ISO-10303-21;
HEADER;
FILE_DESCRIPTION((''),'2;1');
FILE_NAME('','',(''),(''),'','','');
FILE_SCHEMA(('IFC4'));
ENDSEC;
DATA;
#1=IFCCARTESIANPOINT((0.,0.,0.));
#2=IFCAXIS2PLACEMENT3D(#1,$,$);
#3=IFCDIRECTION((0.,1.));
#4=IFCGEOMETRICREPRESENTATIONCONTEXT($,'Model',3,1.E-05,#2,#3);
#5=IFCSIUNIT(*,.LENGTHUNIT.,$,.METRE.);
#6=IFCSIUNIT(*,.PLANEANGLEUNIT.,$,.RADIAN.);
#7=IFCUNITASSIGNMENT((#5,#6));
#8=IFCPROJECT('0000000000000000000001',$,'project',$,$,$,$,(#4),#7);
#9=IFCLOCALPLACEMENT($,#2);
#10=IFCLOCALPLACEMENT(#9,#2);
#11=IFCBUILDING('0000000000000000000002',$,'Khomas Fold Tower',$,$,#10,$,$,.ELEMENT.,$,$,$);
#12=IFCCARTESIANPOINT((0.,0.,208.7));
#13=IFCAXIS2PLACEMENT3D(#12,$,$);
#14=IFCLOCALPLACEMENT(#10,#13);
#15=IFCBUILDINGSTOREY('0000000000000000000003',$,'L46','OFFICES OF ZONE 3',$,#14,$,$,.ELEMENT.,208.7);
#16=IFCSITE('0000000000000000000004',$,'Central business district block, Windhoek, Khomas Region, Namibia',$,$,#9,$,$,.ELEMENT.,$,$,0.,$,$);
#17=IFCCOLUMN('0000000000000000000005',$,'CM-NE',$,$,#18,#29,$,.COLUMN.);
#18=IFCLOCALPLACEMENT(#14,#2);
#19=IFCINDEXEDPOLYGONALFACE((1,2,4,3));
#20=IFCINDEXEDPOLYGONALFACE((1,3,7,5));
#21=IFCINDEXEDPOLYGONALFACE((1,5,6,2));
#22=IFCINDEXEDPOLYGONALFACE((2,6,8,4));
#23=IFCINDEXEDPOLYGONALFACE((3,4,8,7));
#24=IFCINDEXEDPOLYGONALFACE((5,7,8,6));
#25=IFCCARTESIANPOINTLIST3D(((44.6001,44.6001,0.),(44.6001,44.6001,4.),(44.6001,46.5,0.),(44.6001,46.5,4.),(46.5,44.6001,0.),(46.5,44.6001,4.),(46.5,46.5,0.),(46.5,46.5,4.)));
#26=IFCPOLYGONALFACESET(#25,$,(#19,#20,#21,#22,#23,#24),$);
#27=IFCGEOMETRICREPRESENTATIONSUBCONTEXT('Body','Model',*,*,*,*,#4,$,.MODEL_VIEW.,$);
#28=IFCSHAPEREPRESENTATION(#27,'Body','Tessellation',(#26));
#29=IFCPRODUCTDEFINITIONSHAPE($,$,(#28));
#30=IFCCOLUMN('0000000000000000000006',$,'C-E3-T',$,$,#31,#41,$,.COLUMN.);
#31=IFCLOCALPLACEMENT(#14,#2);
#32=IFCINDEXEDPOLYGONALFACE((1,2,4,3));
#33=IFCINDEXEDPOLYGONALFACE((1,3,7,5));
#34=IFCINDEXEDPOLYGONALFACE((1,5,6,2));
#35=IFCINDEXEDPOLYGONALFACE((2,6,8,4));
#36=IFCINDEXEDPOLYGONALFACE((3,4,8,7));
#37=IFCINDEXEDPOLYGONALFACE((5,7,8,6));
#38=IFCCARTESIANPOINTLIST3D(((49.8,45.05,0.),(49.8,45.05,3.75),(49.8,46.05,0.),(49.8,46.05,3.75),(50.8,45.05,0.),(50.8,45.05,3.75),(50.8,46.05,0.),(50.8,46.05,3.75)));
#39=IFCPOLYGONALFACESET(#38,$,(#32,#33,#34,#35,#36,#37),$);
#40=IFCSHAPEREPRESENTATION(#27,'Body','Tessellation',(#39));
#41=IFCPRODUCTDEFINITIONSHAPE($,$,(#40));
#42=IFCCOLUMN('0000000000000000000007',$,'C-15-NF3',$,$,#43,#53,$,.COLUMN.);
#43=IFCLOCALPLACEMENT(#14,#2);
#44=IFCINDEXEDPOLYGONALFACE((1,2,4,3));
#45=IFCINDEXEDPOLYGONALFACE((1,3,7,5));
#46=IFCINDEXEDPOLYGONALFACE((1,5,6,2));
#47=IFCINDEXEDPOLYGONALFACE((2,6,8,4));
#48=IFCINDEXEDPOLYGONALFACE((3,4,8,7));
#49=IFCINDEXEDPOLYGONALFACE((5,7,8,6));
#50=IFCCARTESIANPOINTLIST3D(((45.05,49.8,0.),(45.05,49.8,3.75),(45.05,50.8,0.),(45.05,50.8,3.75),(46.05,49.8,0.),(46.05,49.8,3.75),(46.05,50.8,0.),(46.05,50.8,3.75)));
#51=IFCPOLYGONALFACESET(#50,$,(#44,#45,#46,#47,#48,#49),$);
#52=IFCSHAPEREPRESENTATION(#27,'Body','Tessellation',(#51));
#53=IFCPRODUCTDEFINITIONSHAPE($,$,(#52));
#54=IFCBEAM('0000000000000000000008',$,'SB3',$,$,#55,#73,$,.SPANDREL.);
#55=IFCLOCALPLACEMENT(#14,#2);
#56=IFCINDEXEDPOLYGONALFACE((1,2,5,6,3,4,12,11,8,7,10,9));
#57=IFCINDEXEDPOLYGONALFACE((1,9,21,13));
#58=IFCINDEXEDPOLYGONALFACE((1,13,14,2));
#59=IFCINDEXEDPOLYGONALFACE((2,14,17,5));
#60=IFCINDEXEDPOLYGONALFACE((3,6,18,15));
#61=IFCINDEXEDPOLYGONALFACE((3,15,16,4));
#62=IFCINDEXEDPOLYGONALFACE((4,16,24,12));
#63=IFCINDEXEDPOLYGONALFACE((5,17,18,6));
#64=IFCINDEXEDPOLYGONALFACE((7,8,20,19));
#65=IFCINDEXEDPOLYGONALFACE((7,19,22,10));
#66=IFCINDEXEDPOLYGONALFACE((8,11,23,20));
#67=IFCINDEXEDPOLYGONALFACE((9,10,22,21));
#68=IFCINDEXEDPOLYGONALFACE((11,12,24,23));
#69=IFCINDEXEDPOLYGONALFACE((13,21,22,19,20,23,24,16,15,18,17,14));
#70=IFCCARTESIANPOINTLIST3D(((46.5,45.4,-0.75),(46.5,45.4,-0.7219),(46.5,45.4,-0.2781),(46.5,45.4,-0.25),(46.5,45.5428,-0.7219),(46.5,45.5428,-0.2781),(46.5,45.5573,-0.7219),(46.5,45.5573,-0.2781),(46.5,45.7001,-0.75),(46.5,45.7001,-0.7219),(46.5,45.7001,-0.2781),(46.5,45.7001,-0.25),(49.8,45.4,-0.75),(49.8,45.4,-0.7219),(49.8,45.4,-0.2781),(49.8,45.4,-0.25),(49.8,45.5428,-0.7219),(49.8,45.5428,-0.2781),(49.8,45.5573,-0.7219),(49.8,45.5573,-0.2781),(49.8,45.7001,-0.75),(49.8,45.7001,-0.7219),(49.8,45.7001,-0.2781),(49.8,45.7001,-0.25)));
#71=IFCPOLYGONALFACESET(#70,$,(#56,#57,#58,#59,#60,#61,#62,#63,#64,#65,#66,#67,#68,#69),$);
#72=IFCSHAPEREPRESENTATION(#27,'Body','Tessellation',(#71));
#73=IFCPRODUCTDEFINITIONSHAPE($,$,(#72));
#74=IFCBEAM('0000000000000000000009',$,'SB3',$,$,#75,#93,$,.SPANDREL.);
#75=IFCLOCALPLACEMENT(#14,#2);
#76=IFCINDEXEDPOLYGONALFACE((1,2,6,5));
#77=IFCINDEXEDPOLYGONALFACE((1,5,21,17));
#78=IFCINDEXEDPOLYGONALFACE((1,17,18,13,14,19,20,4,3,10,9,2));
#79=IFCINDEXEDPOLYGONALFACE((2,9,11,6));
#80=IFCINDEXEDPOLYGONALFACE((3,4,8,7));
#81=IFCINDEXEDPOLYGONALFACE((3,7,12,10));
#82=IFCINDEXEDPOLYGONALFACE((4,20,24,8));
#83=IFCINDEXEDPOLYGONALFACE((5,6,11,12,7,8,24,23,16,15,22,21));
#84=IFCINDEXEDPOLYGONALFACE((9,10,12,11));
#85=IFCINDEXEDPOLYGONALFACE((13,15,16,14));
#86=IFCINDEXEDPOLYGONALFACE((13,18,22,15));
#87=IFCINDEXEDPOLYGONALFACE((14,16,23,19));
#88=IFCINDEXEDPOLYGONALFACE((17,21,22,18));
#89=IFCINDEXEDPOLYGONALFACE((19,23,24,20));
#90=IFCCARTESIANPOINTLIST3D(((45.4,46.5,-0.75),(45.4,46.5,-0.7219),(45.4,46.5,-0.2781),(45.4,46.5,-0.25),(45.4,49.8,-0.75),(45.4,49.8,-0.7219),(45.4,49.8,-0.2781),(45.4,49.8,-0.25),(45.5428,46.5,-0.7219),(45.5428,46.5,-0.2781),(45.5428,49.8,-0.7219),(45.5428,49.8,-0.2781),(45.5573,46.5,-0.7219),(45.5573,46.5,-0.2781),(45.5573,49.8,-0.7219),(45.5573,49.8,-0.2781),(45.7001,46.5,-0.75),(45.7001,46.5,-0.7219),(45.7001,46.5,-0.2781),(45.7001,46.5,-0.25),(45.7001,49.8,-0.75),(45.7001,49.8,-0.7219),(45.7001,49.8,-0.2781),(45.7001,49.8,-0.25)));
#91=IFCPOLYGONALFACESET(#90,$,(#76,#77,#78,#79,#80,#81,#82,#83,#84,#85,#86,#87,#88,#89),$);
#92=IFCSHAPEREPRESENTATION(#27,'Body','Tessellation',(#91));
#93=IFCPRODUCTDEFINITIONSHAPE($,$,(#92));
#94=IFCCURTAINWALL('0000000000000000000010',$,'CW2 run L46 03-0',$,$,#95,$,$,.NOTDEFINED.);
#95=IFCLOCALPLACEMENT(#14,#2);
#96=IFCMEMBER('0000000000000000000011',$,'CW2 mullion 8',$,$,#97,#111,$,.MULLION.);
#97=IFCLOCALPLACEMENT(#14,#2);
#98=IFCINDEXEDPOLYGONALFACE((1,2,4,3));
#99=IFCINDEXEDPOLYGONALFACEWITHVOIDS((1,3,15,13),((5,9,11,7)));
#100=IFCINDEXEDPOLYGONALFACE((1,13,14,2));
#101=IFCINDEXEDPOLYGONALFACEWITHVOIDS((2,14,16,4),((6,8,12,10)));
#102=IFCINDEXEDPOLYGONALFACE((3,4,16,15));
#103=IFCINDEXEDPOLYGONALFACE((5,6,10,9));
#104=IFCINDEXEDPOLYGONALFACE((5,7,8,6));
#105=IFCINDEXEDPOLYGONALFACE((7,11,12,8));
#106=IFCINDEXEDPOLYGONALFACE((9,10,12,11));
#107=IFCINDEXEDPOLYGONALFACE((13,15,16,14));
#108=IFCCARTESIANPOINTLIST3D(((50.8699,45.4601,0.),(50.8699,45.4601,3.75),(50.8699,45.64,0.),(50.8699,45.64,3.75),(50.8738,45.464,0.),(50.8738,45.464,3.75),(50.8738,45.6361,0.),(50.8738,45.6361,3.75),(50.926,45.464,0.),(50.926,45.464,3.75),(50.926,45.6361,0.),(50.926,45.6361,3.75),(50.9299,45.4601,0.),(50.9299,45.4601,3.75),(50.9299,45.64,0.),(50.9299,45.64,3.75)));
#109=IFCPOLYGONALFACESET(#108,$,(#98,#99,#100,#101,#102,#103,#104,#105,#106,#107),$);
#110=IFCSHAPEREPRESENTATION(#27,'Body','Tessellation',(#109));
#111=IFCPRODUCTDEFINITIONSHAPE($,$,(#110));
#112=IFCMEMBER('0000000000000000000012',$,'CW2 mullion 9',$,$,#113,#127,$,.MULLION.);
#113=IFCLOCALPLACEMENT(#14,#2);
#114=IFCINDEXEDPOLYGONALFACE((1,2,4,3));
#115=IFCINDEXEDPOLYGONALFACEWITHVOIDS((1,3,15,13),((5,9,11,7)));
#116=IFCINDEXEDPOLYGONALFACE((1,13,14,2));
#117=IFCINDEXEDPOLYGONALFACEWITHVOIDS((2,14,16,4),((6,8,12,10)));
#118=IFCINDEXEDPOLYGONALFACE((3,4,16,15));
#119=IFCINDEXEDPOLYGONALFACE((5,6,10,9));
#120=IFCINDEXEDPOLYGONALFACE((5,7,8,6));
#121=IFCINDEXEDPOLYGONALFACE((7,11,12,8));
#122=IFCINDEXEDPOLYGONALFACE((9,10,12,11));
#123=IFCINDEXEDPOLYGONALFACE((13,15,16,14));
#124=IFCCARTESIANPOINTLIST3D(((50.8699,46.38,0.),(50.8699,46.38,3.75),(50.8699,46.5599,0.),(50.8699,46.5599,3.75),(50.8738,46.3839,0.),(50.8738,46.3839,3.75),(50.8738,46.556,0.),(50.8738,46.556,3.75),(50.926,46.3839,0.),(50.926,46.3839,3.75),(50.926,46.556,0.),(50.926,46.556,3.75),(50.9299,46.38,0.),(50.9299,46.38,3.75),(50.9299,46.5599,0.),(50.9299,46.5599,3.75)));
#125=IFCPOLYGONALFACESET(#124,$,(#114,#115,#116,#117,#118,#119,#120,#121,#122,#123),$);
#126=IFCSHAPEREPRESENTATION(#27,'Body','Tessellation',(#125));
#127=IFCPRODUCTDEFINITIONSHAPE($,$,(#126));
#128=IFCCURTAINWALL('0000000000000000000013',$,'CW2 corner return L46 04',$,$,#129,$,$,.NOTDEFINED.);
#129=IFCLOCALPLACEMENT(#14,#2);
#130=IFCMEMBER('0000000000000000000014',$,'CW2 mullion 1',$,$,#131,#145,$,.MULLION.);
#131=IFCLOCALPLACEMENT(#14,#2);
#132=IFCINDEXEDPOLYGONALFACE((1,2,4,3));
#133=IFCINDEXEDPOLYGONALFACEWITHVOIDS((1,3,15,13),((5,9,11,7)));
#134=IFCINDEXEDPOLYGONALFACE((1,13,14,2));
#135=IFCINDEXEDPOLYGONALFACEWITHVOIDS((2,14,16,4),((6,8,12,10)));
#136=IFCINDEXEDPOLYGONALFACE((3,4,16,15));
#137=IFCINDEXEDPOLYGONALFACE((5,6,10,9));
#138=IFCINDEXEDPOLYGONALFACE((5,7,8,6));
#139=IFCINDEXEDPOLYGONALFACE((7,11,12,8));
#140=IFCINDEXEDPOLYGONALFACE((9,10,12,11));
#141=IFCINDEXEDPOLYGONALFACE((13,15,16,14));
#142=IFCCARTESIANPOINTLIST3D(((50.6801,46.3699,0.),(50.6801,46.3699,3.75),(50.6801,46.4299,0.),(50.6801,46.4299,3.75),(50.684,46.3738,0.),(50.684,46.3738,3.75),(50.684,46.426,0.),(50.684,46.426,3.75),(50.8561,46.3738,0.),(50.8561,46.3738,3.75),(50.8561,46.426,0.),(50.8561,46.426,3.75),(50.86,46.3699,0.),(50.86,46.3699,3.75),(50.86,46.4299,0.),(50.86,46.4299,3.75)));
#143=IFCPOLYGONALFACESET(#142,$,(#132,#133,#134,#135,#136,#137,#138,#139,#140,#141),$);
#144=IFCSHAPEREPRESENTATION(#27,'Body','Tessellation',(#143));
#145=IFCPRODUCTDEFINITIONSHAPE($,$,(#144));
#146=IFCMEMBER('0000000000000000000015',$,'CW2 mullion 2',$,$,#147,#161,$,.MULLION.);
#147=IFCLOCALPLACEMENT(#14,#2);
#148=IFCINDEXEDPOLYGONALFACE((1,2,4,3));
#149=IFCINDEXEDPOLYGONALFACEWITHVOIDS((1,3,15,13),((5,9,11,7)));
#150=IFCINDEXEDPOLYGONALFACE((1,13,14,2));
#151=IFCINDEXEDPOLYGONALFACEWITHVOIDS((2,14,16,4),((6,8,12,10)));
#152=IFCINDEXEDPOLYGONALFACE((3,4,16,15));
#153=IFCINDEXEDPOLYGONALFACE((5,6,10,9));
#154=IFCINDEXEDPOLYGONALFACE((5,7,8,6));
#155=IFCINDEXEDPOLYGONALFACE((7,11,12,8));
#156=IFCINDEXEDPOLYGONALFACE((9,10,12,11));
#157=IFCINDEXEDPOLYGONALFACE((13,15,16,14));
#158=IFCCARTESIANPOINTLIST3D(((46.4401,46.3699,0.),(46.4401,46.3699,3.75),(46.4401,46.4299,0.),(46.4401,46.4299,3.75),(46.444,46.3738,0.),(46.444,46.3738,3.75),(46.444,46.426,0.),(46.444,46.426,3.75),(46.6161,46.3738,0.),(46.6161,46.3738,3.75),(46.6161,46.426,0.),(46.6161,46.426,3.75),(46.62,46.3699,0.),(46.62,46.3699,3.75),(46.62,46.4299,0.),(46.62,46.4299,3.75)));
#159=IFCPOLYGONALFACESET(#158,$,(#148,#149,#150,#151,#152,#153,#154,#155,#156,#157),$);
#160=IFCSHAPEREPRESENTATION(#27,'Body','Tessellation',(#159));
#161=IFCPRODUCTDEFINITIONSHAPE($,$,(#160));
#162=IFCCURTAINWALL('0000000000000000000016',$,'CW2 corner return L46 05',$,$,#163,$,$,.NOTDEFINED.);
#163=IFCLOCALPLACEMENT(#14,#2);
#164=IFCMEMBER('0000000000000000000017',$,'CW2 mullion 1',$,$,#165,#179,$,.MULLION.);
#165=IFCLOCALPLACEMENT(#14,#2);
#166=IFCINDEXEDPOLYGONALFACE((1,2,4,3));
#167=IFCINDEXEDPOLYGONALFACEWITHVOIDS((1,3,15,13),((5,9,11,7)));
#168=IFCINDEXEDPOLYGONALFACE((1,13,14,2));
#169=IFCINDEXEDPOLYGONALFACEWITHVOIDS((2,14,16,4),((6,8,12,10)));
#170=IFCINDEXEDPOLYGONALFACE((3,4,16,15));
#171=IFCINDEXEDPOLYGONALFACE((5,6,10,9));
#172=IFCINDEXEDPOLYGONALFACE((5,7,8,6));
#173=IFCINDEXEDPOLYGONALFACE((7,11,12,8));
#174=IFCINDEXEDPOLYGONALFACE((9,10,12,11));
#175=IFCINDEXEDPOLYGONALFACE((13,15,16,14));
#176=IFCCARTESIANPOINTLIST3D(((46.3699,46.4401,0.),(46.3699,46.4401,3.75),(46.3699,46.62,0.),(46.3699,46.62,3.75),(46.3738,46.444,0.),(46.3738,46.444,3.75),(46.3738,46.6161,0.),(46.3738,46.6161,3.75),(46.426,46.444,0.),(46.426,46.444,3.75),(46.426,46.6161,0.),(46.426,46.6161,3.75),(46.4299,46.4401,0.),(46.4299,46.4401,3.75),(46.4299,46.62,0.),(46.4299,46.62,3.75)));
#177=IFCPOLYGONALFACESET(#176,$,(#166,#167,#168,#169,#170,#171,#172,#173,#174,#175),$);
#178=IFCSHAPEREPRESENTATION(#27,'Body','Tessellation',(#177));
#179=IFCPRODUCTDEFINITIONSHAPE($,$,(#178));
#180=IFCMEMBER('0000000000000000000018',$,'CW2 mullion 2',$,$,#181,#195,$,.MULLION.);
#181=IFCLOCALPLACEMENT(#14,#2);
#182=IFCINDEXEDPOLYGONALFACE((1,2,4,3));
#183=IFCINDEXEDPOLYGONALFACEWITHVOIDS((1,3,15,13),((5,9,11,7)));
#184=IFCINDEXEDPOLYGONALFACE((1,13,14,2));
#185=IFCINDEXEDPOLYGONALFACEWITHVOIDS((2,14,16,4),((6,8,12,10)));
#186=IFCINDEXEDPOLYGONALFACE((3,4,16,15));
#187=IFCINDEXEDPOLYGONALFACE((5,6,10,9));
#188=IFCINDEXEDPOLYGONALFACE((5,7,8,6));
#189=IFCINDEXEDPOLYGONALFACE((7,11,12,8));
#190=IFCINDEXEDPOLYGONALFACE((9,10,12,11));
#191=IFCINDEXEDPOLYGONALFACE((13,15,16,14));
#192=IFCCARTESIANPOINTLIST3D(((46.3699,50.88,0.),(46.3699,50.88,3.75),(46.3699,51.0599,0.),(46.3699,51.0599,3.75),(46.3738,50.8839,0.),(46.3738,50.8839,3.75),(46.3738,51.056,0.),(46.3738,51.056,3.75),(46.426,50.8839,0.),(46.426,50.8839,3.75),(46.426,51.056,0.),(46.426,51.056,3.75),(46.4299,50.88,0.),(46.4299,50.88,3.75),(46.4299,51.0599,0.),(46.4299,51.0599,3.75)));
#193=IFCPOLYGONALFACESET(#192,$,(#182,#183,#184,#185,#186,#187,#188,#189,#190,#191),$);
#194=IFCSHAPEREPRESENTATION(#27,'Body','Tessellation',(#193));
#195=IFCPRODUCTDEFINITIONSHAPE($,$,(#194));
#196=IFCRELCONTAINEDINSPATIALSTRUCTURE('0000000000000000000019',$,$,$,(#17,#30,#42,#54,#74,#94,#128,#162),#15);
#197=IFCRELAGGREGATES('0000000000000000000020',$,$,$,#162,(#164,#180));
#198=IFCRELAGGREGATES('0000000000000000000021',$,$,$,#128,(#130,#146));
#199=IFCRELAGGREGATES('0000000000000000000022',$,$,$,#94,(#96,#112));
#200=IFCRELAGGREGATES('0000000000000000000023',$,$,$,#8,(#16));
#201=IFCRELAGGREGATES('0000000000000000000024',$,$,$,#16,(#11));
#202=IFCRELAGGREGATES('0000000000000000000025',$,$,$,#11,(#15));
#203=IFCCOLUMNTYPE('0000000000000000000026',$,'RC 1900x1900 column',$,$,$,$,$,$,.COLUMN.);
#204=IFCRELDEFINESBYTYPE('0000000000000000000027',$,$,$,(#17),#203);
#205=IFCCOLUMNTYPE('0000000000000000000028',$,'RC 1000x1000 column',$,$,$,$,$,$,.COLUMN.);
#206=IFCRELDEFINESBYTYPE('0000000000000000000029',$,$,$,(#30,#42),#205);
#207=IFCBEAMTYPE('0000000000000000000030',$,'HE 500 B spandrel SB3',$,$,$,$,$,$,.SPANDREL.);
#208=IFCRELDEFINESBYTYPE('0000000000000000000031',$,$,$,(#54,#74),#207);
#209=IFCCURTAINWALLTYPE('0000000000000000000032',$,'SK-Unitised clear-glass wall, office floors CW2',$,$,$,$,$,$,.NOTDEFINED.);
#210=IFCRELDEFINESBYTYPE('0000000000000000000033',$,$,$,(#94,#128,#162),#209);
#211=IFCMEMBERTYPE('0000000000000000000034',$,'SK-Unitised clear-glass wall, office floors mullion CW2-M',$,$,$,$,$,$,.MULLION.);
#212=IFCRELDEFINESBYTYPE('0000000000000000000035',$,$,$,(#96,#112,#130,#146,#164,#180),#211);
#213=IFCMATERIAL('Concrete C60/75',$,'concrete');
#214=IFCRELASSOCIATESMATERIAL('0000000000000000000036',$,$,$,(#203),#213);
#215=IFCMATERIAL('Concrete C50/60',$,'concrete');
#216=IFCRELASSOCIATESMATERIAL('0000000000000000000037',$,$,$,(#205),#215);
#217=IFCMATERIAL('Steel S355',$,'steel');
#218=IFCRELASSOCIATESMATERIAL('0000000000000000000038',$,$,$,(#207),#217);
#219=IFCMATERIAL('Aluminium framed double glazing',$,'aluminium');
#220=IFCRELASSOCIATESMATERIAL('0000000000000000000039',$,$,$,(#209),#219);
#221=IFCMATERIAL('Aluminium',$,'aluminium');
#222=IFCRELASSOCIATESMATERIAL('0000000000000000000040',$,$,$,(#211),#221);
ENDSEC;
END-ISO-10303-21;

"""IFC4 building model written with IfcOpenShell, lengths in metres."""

from ifc_helpers import new_model, si_unit, direction, frame, origin, origin_2d, place, context, subcontext, project, spatial, rectangle, hollow_rectangle, i_section, extrude, source, transform, mapped, material, material_profile, profile_set, type_object, element, aggregate, save


model = new_model("IFC4")

# Units and contexts
model_context = context("Model", 3, precision=1e-05, world=origin(), true_north=direction((0.0, 1.0)))
body_context = subcontext(model_context, "Body", "Model", "MODEL_VIEW")
ifc_project = project(units=[si_unit("LENGTHUNIT", "METRE"), si_unit("PLANEANGLEUNIT", "RADIAN")], contexts=[model_context])

# Site, building, storey
site_placement = place(None, origin())
site = spatial("IfcSite", under=ifc_project, at=site_placement, Name="Central business district block, Windhoek, Khomas Region, Namibia", CompositionType="ELEMENT", RefElevation=0.0)
building_placement = place(site_placement, origin())
building = spatial("IfcBuilding", under=site, at=building_placement, Name="Khomas Fold Tower", CompositionType="ELEMENT")
storey_placement = place(building_placement, frame((0.0, 0.0, 208.7)))
storey = spatial("IfcBuildingStorey", under=building, at=storey_placement, Name="L46", Description="OFFICES OF ZONE 3", CompositionType="ELEMENT", Elevation=208.7)

# Columns
ifc_material_1 = material(Name="Concrete C60/75", Category="concrete")
ifc_material_profile_1 = material_profile(ifc_material_1, rectangle(XDim=1.8999, YDim=1.8999, at=origin_2d()), Name="RC 1900x1900")
ifc_profile_set_1 = profile_set([ifc_material_profile_1], Name="Concrete C60/75")
column_type_1 = type_object("IfcColumnType", Name="RC 1900x1900 column", PredefinedType="COLUMN", material=ifc_profile_set_1)
shared_shape_1 = source(origin(), body_context, "Body", "SweptSolid", [
    extrude(rectangle(XDim=1.8999, YDim=1.8999, at=origin_2d()), origin(), (0.0, 0.0, 1.0), 4.0),
])
column_placement = place(storey_placement, frame((45.55, 45.55, 0.0), z_axis=(0.0, 0.0, 1.0), x_axis=(1.0, 0.0, 0.0)))
element("IfcColumn", 1, at=column_placement, inside=storey, type_object=column_type_1, Name="CM-NE", PredefinedType="COLUMN", context=body_context, shape_type="MappedRepresentation", body=[
    mapped(shared_shape_1, transform((0.0, 0.0, 0.0))),
])
ifc_material_2 = material(Name="Concrete C50/60", Category="concrete")
ifc_material_profile_2 = material_profile(ifc_material_2, rectangle(XDim=1.0, YDim=1.0, at=origin_2d()), Name="RC 1000x1000")
ifc_profile_set_2 = profile_set([ifc_material_profile_2], Name="Concrete C50/60")
column_type_2 = type_object("IfcColumnType", Name="RC 1000x1000 column", PredefinedType="COLUMN", material=ifc_profile_set_2)
shared_shape_2 = source(origin(), body_context, "Body", "SweptSolid", [
    extrude(rectangle(XDim=1.0, YDim=1.0, at=origin_2d()), origin(), (0.0, 0.0, 1.0), 3.75),
])
for number, where, z_axis, x_axis, name in (
    (2, (50.3, 45.55, 0.0), (0.0, 0.0, 1.0), (1.0, 0.0, 0.0), "C-E3-T"),
    (3, (45.55, 50.3, 0.0), (0.0, 0.0, 1.0), (1.0, 0.0, 0.0), "C-15-NF3"),
):
    element("IfcColumn", number, at=place(storey_placement, frame(where, z_axis=z_axis, x_axis=x_axis)), inside=storey, type_object=column_type_2, Name=name, PredefinedType="COLUMN", context=body_context, shape_type="MappedRepresentation", body=[
        mapped(shared_shape_2, transform((0.0, 0.0, 0.0))),
    ])

# Beams
ifc_material_3 = material(Name="Steel S355", Category="steel")
ifc_material_profile_3 = material_profile(ifc_material_3, i_section(OverallWidth=0.3, OverallDepth=0.5, WebThickness=0.0144, FlangeThickness=0.0281, at=origin_2d()), Name="HE 500 B")
ifc_profile_set_3 = profile_set([ifc_material_profile_3], Name="Steel S355")
beam_type = type_object("IfcBeamType", Name="HE 500 B spandrel SB3", PredefinedType="SPANDREL", material=ifc_profile_set_3)
shared_shape_3 = source(origin(), body_context, "Body", "SweptSolid", [
    extrude(i_section(OverallWidth=0.3, OverallDepth=0.5, WebThickness=0.0144, FlangeThickness=0.0281, at=origin_2d()), origin(), (0.0, 0.0, 1.0), 3.3),
])
for number, where, z_axis, x_axis, name in (
    (4, (46.5, 45.55, -0.5), (1.0, 0.0, 0.0), (0.0, 1.0, 0.0), "SB3"),
    (5, (45.55, 46.5, -0.5), (0.0, 1.0, 0.0), (-1.0, 0.0, 0.0), "SB3"),
):
    element("IfcBeam", number, at=place(storey_placement, frame(where, z_axis=z_axis, x_axis=x_axis)), inside=storey, type_object=beam_type, Name=name, PredefinedType="SPANDREL", context=body_context, shape_type="MappedRepresentation", body=[
        mapped(shared_shape_3, transform((0.0, 0.0, 0.0))),
    ])

# Curtain walls, members
ifc_material_4 = material(Name="Aluminium framed double glazing", Category="aluminium")
curtain_wall_type = type_object("IfcCurtainWallType", Name="SK-Unitised clear-glass wall, office floors CW2", PredefinedType="NOTDEFINED", material=ifc_material_4)
curtain_wall_1_placement = place(storey_placement, origin())
curtain_wall_1 = element("IfcCurtainWall", 6, at=curtain_wall_1_placement, inside=storey, type_object=curtain_wall_type, Name="CW2 run L46 03-0", PredefinedType="NOTDEFINED")
ifc_material_5 = material(Name="Aluminium", Category="aluminium")
ifc_material_profile_4 = material_profile(ifc_material_5, hollow_rectangle(XDim=0.0601, YDim=0.1799, WallThickness=0.0039, at=origin_2d()), Name="SK-Unitised clear-glass wall, office floors mullion CW2-M")
ifc_profile_set_4 = profile_set([ifc_material_profile_4], Name="Aluminium")
member_type_1 = type_object("IfcMemberType", Name="SK-Unitised clear-glass wall, office floors mullion CW2-M", PredefinedType="MULLION", material=ifc_profile_set_4)
shared_shape_4 = source(origin(), body_context, "Body", "SweptSolid", [
    extrude(hollow_rectangle(XDim=0.0601, YDim=0.1799, WallThickness=0.0039, at=origin_2d()), origin(), (0.0, 0.0, 1.0), 3.75),
])
member_1_placement = place(storey_placement, frame((50.8999, 45.55, 0.0), z_axis=(0.0, 0.0, 1.0), x_axis=(-1.0, 0.0, 0.0)))
member_1 = element("IfcMember", 7, at=member_1_placement, type_object=member_type_1, Name="CW2 mullion 8", PredefinedType="MULLION", context=body_context, shape_type="MappedRepresentation", body=[
    mapped(shared_shape_4, transform((0.0, 0.0, 0.0))),
])
member_2_placement = place(storey_placement, frame((50.8999, 46.47, 0.0), z_axis=(0.0, 0.0, 1.0), x_axis=(-1.0, 0.0, 0.0)))
member_2 = element("IfcMember", 8, at=member_2_placement, type_object=member_type_1, Name="CW2 mullion 9", PredefinedType="MULLION", context=body_context, shape_type="MappedRepresentation", body=[
    mapped(shared_shape_4, transform((0.0, 0.0, 0.0))),
])
curtain_wall_2_placement = place(storey_placement, origin())
curtain_wall_2 = element("IfcCurtainWall", 9, at=curtain_wall_2_placement, inside=storey, type_object=curtain_wall_type, Name="CW2 corner return L46 04", PredefinedType="NOTDEFINED")
member_3_placement = place(storey_placement, frame((50.77, 46.3999, 0.0), z_axis=(0.0, 0.0, 1.0), x_axis=(0.0, -1.0, 0.0)))
member_3 = element("IfcMember", 10, at=member_3_placement, type_object=member_type_1, Name="CW2 mullion 1", PredefinedType="MULLION", context=body_context, shape_type="MappedRepresentation", body=[
    mapped(shared_shape_4, transform((0.0, 0.0, 0.0))),
])
member_4_placement = place(storey_placement, frame((46.53, 46.3999, 0.0), z_axis=(0.0, 0.0, 1.0), x_axis=(0.0, -1.0, 0.0)))
member_4 = element("IfcMember", 11, at=member_4_placement, type_object=member_type_1, Name="CW2 mullion 2", PredefinedType="MULLION", context=body_context, shape_type="MappedRepresentation", body=[
    mapped(shared_shape_4, transform((0.0, 0.0, 0.0))),
])
curtain_wall_3_placement = place(storey_placement, origin())
curtain_wall_3 = element("IfcCurtainWall", 12, at=curtain_wall_3_placement, inside=storey, type_object=curtain_wall_type, Name="CW2 corner return L46 05", PredefinedType="NOTDEFINED")
member_5_placement = place(storey_placement, frame((46.3999, 46.53, 0.0), z_axis=(0.0, 0.0, 1.0), x_axis=(-1.0, 0.0, 0.0)))
member_5 = element("IfcMember", 13, at=member_5_placement, type_object=member_type_1, Name="CW2 mullion 1", PredefinedType="MULLION", context=body_context, shape_type="MappedRepresentation", body=[
    mapped(shared_shape_4, transform((0.0, 0.0, 0.0))),
])
member_6_placement = place(storey_placement, frame((46.3999, 50.97, 0.0), z_axis=(0.0, 0.0, 1.0), x_axis=(-1.0, 0.0, 0.0)))
member_6 = element("IfcMember", 14, at=member_6_placement, type_object=member_type_1, Name="CW2 mullion 2", PredefinedType="MULLION", context=body_context, shape_type="MappedRepresentation", body=[
    mapped(shared_shape_4, transform((0.0, 0.0, 0.0))),
])

aggregate(curtain_wall_3, [member_5, member_6])
aggregate(curtain_wall_2, [member_3, member_4])
aggregate(curtain_wall_1, [member_1, member_2])

save(model, "model.ifc")
